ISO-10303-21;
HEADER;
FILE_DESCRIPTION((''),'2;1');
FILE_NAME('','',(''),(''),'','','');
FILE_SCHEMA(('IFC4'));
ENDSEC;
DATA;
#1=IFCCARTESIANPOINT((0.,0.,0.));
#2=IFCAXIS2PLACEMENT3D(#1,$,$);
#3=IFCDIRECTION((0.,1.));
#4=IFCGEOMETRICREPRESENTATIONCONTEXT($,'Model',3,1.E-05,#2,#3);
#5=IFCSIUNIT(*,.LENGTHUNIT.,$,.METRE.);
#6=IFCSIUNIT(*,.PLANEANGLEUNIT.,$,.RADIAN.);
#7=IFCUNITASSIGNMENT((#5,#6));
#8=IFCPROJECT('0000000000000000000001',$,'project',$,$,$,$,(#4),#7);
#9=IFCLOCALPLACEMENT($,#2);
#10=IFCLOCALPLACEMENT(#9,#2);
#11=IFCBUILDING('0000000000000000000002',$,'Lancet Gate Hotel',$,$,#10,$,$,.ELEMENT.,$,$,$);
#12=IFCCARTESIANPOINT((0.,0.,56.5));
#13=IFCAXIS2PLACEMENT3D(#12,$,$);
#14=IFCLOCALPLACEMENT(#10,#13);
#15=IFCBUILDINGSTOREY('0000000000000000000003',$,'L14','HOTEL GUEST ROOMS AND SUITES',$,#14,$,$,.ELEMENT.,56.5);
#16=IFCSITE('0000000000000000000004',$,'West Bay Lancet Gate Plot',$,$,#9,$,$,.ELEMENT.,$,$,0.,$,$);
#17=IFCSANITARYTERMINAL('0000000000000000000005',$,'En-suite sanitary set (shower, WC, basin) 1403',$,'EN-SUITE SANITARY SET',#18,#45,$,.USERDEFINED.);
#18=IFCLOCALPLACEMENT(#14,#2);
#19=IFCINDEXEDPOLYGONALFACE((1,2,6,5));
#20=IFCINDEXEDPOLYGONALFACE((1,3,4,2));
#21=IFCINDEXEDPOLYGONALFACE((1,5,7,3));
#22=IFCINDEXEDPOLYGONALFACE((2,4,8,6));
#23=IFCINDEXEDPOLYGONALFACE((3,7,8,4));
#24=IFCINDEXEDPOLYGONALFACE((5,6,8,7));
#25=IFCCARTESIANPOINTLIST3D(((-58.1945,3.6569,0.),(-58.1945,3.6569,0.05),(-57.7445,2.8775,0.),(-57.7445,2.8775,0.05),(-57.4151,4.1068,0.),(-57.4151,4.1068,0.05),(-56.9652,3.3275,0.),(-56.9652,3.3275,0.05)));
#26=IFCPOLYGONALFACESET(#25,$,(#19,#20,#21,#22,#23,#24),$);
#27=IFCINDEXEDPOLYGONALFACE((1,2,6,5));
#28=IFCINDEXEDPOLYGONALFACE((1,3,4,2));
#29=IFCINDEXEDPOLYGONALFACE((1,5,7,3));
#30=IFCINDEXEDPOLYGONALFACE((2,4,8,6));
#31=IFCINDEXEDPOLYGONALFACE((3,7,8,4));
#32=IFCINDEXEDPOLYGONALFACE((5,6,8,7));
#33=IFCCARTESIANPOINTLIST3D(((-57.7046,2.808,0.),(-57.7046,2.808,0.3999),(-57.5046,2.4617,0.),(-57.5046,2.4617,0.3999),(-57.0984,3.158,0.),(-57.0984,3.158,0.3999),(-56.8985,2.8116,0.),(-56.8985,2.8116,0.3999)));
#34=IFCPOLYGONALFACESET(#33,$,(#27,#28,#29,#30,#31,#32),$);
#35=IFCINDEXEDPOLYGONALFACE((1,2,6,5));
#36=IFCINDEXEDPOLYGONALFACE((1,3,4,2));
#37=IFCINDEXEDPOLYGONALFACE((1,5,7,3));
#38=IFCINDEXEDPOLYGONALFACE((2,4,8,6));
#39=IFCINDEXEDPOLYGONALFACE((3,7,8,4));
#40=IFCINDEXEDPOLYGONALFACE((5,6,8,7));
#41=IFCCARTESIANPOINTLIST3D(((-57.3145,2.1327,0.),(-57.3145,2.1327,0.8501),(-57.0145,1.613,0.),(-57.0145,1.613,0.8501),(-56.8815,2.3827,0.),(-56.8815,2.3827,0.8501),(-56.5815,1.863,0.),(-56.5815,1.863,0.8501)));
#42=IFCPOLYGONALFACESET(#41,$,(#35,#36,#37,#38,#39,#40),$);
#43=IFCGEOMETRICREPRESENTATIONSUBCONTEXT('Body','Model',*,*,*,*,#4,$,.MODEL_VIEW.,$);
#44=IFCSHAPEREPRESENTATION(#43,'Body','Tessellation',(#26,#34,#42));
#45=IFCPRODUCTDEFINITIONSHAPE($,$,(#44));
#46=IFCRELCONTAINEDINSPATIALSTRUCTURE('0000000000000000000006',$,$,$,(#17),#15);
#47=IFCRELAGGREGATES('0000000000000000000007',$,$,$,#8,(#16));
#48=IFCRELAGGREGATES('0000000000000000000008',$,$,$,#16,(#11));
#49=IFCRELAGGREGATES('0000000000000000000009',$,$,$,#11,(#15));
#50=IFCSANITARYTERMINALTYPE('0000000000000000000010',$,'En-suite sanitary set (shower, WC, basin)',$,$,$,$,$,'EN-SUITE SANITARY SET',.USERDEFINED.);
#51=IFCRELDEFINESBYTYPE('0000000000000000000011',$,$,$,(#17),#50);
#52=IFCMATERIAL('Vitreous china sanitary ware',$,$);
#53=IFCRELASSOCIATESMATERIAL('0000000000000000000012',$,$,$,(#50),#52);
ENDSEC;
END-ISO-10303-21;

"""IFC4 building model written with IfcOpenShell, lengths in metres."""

from ifc_helpers import new_model, si_unit, direction, frame, origin, origin_2d, place, context, subcontext, project, spatial, rectangle, extrude, material, type_object, element, save


model = new_model("IFC4")

# Units and contexts
model_context = context("Model", 3, precision=1e-05, world=origin(), true_north=direction((0.0, 1.0)))
body_context = subcontext(model_context, "Body", "Model", "MODEL_VIEW")
ifc_project = project(units=[si_unit("LENGTHUNIT", "METRE"), si_unit("PLANEANGLEUNIT", "RADIAN")], contexts=[model_context])

# Site, building, storey
site_placement = place(None, origin())
site = spatial("IfcSite", under=ifc_project, at=site_placement, Name="West Bay Lancet Gate Plot", CompositionType="ELEMENT", RefElevation=0.0)
building_placement = place(site_placement, origin())
building = spatial("IfcBuilding", under=site, at=building_placement, Name="Lancet Gate Hotel", CompositionType="ELEMENT")
storey_placement = place(building_placement, frame((0.0, 0.0, 56.5)))
storey = spatial("IfcBuildingStorey", under=building, at=storey_placement, Name="L14", Description="HOTEL GUEST ROOMS AND SUITES", CompositionType="ELEMENT", Elevation=56.5)

# Sanitary terminal
ifc_material_1 = material(Name="Vitreous china sanitary ware")
sanitary_terminal_type = type_object("IfcSanitaryTerminalType", Name="En-suite sanitary set (shower, WC, basin)", ElementType="EN-SUITE SANITARY SET", PredefinedType="USERDEFINED", material=ifc_material_1)
sanitary_terminal_placement = place(storey_placement, frame((-57.5798, 3.4922, 0.0), z_axis=(0.0, 0.0, 1.0), x_axis=(1.0, 0.0, 0.0)))
element("IfcSanitaryTerminal", 1, at=sanitary_terminal_placement, inside=storey, type_object=sanitary_terminal_type, Name="En-suite sanitary set (shower, WC, basin) 1403", ObjectType="EN-SUITE SANITARY SET", PredefinedType="USERDEFINED", context=body_context, shape_type="SweptSolid", body=[
    extrude(rectangle(XDim=0.8999, YDim=0.8999, at=origin_2d()), frame((0.0, 0.0, 0.0), z_axis=(0.0, 0.0, 1.0), x_axis=(-0.5, 0.866025, 0.0)), (0.0, 0.0, 1.0), 0.05),
    extrude(rectangle(XDim=0.3999, YDim=0.7, at=origin_2d()), frame((0.2783, -0.6824, 0.0), z_axis=(0.0, 0.0, 1.0), x_axis=(-0.5, 0.866025, 0.0)), (0.0, 0.0, 1.0), 0.3999),
    extrude(rectangle(XDim=0.6001, YDim=0.5, at=origin_2d()), frame((0.6318, -1.4944, 0.0), z_axis=(0.0, 0.0, 1.0), x_axis=(-0.5, 0.866025, 0.0)), (0.0, 0.0, 1.0), 0.8501),
])

save(model, "model.ifc")
